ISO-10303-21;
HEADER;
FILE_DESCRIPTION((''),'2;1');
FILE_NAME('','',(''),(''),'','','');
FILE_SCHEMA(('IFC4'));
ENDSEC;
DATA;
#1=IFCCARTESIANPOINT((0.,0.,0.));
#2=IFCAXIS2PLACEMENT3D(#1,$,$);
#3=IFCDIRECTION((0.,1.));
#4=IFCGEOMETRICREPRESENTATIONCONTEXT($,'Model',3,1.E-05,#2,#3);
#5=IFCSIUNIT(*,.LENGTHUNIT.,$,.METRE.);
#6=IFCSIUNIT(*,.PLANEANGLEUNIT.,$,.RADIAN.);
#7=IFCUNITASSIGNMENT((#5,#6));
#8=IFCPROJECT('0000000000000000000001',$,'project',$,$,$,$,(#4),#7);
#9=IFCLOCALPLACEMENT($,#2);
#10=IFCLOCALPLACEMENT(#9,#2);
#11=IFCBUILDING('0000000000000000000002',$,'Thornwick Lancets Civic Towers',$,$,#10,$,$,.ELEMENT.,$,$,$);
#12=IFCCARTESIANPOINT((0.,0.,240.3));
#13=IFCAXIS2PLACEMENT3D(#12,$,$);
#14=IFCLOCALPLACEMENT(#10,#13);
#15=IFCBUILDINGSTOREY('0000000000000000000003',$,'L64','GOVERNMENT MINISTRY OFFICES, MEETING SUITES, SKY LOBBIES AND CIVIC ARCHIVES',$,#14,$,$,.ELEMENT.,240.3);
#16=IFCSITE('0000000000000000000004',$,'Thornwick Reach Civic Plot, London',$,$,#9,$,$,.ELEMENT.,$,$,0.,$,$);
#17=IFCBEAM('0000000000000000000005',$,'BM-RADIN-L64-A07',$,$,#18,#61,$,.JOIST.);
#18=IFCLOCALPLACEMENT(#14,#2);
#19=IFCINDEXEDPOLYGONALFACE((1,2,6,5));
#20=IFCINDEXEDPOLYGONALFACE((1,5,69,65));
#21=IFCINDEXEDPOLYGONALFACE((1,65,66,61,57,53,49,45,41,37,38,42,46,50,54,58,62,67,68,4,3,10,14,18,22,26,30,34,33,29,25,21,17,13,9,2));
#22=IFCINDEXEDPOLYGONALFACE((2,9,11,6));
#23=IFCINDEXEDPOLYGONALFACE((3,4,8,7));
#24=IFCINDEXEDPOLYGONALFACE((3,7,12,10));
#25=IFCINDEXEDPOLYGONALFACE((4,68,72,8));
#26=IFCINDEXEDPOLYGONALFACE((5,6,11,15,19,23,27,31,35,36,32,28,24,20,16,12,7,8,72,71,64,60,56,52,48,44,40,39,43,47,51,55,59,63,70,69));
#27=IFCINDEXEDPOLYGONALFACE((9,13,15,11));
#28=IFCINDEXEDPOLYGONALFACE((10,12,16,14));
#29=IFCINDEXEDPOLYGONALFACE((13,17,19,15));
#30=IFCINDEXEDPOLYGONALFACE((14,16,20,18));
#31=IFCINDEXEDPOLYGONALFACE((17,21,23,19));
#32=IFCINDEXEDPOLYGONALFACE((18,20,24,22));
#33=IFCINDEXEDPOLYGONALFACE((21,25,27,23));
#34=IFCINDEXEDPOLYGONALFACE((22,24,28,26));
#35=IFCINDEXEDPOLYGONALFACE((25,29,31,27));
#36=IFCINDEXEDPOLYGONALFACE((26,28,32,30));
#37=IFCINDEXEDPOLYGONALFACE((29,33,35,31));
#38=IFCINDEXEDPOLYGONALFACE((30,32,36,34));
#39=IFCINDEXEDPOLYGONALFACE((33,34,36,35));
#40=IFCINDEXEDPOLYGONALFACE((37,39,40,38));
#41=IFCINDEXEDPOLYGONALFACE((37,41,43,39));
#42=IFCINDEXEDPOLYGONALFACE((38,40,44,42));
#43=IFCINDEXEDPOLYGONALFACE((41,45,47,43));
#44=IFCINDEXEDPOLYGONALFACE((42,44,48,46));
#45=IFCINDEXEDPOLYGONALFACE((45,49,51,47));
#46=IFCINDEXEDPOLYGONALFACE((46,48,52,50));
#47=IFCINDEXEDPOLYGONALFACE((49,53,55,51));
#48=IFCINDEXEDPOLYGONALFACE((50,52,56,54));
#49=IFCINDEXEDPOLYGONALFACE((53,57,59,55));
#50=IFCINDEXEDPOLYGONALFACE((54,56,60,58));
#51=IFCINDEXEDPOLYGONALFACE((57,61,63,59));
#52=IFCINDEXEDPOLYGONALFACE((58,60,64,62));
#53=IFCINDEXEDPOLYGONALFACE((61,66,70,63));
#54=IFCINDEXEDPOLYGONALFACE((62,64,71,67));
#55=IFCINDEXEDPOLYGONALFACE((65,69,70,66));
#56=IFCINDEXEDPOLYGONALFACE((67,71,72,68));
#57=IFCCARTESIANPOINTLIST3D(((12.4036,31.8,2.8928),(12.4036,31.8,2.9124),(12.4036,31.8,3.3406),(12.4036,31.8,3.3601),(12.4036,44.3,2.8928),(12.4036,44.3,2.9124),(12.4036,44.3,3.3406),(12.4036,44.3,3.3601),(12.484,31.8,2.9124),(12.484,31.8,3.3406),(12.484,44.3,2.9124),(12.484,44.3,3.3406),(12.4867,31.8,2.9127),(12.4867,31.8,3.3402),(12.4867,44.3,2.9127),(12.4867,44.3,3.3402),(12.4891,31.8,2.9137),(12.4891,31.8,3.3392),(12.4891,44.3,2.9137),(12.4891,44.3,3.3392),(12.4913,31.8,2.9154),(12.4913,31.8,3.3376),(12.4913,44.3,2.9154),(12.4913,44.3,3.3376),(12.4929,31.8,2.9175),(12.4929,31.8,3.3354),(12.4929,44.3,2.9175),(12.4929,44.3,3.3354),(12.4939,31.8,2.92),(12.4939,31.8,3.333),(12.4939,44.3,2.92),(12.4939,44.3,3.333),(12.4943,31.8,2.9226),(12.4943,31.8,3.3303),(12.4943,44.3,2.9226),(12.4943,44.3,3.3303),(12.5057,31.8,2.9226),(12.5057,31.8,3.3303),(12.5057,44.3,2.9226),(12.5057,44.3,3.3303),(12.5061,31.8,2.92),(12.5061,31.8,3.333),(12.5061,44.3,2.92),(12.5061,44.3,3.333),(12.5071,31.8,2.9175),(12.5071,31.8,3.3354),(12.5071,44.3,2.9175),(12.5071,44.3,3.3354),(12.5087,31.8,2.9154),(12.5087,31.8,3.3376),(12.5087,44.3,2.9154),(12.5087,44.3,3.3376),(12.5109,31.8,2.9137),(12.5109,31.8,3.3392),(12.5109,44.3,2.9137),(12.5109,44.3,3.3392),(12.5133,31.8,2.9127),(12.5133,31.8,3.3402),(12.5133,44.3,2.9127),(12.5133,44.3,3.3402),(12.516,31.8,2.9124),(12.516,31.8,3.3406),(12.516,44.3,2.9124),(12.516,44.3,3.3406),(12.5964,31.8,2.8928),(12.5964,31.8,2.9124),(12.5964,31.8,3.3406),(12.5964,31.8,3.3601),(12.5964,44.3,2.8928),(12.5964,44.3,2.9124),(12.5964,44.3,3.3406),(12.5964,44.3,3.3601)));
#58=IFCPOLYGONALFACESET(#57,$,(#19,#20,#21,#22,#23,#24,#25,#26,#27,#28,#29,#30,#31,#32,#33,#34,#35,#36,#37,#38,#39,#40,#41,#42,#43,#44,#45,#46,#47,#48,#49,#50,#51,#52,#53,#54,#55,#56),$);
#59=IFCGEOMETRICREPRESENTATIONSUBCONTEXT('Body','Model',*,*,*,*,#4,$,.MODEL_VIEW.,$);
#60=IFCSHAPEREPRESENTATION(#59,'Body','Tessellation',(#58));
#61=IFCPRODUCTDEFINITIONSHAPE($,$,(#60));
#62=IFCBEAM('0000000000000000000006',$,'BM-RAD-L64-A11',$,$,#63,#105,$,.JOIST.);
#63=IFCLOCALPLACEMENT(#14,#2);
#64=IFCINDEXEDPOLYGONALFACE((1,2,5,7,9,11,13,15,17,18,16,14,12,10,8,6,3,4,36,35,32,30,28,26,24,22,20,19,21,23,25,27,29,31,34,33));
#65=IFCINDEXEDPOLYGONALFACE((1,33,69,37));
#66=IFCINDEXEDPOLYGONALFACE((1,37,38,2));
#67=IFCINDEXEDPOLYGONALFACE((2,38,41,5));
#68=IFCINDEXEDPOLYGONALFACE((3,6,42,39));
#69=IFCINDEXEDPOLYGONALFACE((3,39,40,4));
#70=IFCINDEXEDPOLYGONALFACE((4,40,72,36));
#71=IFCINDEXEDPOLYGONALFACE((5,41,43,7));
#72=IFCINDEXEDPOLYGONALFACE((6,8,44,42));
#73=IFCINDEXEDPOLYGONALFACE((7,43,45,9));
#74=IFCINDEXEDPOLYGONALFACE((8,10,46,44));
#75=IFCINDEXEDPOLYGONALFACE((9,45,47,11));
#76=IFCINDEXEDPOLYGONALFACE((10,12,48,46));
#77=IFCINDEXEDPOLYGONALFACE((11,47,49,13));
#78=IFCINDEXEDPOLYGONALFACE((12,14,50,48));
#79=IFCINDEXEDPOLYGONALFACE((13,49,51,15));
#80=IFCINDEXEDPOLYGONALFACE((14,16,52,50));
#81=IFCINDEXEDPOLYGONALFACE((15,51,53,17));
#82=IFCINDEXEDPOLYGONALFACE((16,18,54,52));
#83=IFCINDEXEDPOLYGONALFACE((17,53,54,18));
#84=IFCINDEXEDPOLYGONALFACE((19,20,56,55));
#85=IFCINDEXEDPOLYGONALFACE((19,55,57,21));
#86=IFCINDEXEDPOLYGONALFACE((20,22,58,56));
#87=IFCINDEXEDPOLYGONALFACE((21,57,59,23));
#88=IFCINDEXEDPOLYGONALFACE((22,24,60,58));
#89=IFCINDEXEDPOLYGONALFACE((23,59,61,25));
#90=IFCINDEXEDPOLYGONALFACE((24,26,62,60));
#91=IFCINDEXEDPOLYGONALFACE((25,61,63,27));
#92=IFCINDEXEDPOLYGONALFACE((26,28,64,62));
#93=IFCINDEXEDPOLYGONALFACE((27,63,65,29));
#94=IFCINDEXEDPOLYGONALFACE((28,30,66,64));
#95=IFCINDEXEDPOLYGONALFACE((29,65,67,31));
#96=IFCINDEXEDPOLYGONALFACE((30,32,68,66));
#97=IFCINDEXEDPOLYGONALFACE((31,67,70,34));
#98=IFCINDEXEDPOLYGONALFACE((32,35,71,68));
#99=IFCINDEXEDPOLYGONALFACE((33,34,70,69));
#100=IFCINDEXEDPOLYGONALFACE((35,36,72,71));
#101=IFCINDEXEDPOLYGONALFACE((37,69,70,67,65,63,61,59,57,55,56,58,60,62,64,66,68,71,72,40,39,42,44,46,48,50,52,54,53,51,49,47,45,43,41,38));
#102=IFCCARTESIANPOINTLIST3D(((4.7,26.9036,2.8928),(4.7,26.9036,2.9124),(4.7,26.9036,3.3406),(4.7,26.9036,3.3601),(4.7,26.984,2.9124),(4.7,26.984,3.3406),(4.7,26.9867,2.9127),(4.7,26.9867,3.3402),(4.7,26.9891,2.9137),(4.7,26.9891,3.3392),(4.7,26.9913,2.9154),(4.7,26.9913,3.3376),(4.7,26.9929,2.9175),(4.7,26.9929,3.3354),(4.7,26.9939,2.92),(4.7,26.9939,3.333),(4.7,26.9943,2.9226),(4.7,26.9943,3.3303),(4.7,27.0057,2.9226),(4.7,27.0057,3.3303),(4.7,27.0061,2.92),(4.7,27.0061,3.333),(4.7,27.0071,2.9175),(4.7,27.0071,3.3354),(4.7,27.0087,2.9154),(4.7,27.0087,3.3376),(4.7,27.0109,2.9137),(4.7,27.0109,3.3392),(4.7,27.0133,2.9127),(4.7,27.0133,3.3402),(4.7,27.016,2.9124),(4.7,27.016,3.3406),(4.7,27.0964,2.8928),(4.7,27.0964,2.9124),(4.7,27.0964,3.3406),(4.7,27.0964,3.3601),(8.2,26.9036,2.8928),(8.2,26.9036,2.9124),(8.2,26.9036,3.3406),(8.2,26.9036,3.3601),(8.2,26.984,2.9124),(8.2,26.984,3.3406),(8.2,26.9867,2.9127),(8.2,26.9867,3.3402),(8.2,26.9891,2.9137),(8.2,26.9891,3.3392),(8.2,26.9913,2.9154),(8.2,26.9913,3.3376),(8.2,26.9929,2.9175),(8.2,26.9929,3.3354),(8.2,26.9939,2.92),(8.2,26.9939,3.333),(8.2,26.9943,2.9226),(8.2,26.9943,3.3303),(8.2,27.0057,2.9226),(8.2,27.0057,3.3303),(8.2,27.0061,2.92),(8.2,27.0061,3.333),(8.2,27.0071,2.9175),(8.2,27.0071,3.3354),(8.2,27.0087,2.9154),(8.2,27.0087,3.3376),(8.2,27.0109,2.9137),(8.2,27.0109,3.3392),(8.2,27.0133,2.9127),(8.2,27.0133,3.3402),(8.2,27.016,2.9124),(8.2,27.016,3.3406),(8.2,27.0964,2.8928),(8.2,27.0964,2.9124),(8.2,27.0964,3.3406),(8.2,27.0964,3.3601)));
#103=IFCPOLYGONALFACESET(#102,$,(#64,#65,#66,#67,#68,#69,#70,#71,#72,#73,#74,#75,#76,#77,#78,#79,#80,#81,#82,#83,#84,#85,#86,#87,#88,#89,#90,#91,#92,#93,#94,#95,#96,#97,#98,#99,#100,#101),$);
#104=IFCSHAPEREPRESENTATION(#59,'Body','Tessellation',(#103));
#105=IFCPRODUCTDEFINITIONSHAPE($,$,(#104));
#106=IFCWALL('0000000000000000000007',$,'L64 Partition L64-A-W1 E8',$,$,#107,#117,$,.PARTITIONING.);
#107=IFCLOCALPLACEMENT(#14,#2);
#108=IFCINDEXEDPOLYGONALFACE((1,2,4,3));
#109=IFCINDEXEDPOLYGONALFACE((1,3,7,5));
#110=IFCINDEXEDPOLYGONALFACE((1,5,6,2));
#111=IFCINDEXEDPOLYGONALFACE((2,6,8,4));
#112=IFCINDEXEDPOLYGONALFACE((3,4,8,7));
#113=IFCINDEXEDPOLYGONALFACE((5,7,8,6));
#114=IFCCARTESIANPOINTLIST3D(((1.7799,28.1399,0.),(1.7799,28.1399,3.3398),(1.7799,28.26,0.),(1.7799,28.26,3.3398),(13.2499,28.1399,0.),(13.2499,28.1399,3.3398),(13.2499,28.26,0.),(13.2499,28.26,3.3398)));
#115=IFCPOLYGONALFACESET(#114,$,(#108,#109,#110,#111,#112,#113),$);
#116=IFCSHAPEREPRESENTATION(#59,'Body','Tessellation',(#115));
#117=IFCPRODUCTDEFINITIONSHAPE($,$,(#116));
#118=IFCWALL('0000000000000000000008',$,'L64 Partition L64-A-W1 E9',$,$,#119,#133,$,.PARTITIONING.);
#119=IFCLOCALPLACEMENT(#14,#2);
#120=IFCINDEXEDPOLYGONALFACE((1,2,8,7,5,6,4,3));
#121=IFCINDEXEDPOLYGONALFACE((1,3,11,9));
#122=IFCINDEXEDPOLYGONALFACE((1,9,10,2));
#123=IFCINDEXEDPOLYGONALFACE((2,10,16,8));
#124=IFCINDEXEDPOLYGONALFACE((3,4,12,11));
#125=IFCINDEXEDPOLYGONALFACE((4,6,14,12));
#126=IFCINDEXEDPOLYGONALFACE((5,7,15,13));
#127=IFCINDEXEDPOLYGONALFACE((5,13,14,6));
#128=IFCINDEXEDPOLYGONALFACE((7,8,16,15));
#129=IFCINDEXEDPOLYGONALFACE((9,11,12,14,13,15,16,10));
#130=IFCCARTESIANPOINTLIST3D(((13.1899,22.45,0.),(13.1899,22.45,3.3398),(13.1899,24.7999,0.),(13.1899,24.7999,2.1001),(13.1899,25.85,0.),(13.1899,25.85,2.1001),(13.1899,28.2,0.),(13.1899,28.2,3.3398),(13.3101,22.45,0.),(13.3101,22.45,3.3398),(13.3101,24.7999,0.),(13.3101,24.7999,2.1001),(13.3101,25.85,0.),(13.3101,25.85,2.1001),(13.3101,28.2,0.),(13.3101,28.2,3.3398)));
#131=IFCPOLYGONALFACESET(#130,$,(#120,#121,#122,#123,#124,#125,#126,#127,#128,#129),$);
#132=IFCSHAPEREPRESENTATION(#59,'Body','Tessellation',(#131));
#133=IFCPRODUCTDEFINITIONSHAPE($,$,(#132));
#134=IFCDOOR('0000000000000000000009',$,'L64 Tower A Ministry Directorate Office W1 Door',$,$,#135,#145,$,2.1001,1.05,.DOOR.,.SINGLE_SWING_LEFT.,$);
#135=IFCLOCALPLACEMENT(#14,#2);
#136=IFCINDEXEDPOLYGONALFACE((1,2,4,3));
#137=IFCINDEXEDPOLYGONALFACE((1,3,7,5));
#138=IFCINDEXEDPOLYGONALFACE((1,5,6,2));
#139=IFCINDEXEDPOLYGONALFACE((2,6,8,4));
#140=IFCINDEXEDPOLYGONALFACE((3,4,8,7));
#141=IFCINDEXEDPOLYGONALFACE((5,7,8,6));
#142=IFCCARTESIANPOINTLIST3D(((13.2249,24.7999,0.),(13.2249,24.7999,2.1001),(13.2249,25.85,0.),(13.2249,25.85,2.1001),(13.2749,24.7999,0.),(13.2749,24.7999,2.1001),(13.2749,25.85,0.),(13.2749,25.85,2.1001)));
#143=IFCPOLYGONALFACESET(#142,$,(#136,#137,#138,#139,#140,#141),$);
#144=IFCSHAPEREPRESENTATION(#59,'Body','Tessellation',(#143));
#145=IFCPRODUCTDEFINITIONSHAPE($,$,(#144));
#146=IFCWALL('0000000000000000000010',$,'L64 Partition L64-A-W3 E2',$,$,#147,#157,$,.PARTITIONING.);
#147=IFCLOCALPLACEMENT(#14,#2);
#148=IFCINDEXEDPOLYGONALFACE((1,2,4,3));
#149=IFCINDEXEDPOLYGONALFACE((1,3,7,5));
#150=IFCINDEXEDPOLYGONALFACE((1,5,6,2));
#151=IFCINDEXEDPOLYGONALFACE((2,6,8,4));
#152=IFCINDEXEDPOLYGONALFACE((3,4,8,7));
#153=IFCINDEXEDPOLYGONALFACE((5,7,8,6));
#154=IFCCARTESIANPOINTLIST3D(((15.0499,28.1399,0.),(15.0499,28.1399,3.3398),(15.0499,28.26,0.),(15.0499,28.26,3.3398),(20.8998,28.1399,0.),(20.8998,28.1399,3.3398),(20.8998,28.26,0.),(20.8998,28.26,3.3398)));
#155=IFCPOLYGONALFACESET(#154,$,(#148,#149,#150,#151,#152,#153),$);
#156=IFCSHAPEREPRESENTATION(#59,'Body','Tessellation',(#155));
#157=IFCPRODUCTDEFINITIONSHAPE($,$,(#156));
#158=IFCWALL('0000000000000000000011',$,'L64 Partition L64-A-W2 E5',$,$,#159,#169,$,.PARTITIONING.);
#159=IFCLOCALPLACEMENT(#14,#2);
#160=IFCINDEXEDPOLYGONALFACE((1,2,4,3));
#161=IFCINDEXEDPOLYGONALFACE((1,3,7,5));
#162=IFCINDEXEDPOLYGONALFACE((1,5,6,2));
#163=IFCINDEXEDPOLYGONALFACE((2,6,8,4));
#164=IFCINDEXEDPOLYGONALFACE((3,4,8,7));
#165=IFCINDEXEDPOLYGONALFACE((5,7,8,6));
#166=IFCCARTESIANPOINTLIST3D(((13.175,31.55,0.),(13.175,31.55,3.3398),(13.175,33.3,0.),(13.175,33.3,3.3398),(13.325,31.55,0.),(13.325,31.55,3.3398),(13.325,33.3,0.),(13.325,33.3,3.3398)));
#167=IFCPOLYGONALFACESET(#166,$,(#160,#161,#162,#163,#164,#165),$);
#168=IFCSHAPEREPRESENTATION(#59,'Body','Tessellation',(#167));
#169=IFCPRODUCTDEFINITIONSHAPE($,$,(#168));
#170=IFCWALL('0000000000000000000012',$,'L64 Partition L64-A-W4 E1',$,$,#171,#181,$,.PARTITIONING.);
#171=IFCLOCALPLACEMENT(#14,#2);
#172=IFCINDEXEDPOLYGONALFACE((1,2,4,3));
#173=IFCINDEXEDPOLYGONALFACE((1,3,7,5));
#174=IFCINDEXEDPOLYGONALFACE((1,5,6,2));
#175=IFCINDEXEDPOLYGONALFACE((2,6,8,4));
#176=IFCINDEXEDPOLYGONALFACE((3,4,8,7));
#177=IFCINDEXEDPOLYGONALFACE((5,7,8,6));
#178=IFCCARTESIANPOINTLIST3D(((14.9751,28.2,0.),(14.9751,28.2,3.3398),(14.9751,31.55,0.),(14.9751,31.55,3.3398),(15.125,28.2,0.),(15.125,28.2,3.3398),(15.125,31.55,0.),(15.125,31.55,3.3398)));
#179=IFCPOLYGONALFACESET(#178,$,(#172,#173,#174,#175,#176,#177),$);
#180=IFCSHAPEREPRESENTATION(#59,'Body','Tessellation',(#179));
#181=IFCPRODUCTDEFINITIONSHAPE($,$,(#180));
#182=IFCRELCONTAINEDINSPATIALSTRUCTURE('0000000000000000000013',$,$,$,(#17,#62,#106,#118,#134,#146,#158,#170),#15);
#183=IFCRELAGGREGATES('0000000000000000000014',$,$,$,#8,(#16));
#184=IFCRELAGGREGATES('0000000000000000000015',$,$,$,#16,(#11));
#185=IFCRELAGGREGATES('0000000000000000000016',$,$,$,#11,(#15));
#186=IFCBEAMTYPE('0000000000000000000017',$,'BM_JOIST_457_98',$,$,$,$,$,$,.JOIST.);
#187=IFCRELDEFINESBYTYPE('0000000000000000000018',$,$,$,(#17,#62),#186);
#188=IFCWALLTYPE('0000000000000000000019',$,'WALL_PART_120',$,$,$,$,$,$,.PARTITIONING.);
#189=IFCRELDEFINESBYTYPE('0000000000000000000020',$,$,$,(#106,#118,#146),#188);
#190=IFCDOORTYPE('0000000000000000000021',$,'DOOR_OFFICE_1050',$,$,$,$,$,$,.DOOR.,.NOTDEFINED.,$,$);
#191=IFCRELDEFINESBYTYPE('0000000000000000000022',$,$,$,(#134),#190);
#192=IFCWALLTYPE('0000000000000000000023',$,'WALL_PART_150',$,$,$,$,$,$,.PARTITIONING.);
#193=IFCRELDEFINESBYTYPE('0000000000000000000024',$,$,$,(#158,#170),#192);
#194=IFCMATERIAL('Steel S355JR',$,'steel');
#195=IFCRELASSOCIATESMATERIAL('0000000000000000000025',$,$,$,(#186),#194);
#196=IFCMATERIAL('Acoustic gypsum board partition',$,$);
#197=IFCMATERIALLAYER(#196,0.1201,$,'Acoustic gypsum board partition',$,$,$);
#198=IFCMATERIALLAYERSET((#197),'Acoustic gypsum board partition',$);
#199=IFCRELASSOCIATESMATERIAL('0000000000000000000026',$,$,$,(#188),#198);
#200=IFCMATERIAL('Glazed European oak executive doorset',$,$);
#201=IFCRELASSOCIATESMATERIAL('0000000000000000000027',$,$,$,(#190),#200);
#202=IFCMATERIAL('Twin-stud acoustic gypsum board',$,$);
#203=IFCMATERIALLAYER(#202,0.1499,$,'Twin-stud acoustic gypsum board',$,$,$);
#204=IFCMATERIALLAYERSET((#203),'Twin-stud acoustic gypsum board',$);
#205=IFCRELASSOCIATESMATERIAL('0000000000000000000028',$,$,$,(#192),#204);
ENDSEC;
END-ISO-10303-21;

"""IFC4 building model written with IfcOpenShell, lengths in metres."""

from ifc_helpers import new_model, si_unit, direction, frame, frame_2d, origin, origin_2d, place, context, subcontext, project, spatial, rectangle, i_section, extrude, material, layer, layer_set, material_profile, profile_set, type_object, element, fill, save


model = new_model("IFC4")

# Units and contexts
model_context = context("Model", 3, precision=1e-05, world=origin(), true_north=direction((0.0, 1.0)))
body_context = subcontext(model_context, "Body", "Model", "MODEL_VIEW")
ifc_project = project(units=[si_unit("LENGTHUNIT", "METRE"), si_unit("PLANEANGLEUNIT", "RADIAN")], contexts=[model_context])

# Site, building, storey
site_placement = place(None, origin())
site = spatial("IfcSite", under=ifc_project, at=site_placement, Name="Thornwick Reach Civic Plot, London", CompositionType="ELEMENT", RefElevation=0.0)
building_placement = place(site_placement, origin())
building = spatial("IfcBuilding", under=site, at=building_placement, Name="Thornwick Lancets Civic Towers", CompositionType="ELEMENT")
storey_placement = place(building_placement, frame((0.0, 0.0, 240.3)))
storey = spatial("IfcBuildingStorey", under=building, at=storey_placement, Name="L64", Description="GOVERNMENT MINISTRY OFFICES, MEETING SUITES, SKY LOBBIES AND CIVIC ARCHIVES", CompositionType="ELEMENT", Elevation=240.3)

# Shared definitions
ifc_material_1 = material(Name="Steel S355JR", Category="steel")

# Beams
ifc_material_profile_1 = material_profile(ifc_material_1, i_section(OverallWidth=0.1929, OverallDepth=0.4673, WebThickness=0.0115, FlangeThickness=0.0195, FilletRadius=0.0103, at=origin_2d()), Name="UKB 457x191x98")
ifc_profile_set_1 = profile_set([ifc_material_profile_1], Name="Steel S355JR")
beam_type_1 = type_object("IfcBeamType", Name="BM_JOIST_457_98", PredefinedType="JOIST", material=ifc_profile_set_1)
beam_1_placement = place(storey_placement, frame((12.5, 31.8, 3.1265), z_axis=(0.0, 1.0, 0.0), x_axis=(-1.0, 0.0, 0.0)))
element("IfcBeam", 1, at=beam_1_placement, inside=storey, type_object=beam_type_1, Name="BM-RADIN-L64-A07", PredefinedType="JOIST", context=body_context, shape_type="SweptSolid", body=[
    extrude(i_section(OverallWidth=0.1929, OverallDepth=0.4673, WebThickness=0.0115, FlangeThickness=0.0195, FilletRadius=0.0103, at=origin_2d()), origin(), (0.0, 0.0, 1.0), 12.5),
])
beam_2_placement = place(storey_placement, frame((8.2, 27.0, 3.1265), z_axis=(-1.0, 0.0, 0.0), x_axis=(0.0, -1.0, 0.0)))
element("IfcBeam", 2, at=beam_2_placement, inside=storey, type_object=beam_type_1, Name="BM-RAD-L64-A11", PredefinedType="JOIST", context=body_context, shape_type="SweptSolid", body=[
    extrude(i_section(OverallWidth=0.1929, OverallDepth=0.4673, WebThickness=0.0115, FlangeThickness=0.0195, FilletRadius=0.0103, at=origin_2d()), origin(), (0.0, 0.0, 1.0), 3.5),
])

# Wall
ifc_material_2 = material(Name="Acoustic gypsum board partition")
ifc_layer_1 = layer(ifc_material_2, 0.1201, Name="Acoustic gypsum board partition")
ifc_layer_set_1 = layer_set([ifc_layer_1], Name="Acoustic gypsum board partition")
wall_type_1 = type_object("IfcWallType", Name="WALL_PART_120", PredefinedType="PARTITIONING", material=ifc_layer_set_1)
wall_1_placement = place(storey_placement, frame((1.78, 28.2, 0.0), z_axis=(0.0, 0.0, 1.0), x_axis=(1.0, 0.0, 0.0)))
element("IfcWall", 3, at=wall_1_placement, inside=storey, type_object=wall_type_1, Name="L64 Partition L64-A-W1 E8", PredefinedType="PARTITIONING", context=body_context, shape_type="SweptSolid", body=[
    extrude(rectangle(XDim=11.47, YDim=0.1201, at=frame_2d((5.7349, 0.0))), origin(), (0.0, 0.0, 1.0), 3.3398),
])

# Wall, opening, door
wall_2_placement = place(storey_placement, frame((13.25, 28.2, 0.0), z_axis=(0.0, 0.0, 1.0), x_axis=(0.0, -1.0, 0.0)))
wall_2 = element("IfcWall", 4, at=wall_2_placement, inside=storey, type_object=wall_type_1, Name="L64 Partition L64-A-W1 E9", PredefinedType="PARTITIONING", context=body_context, shape_type="SweptSolid", body=[
    extrude(rectangle(XDim=5.75, YDim=0.1201, at=frame_2d((2.875, 0.0))), origin(), (0.0, 0.0, 1.0), 3.3398),
])
opening_1_placement = place(wall_2_placement, frame((2.3501, 0.0, 0.0)))
opening_1 = element("IfcOpeningElement", 5, at=opening_1_placement, cuts=wall_2, PredefinedType="OPENING", context=body_context, shape_type="SweptSolid", body=[
    extrude(rectangle(XDim=1.05, YDim=2.1001, at=frame_2d((0.5249, 1.05))), frame((0.0, 0.0701, 0.0), z_axis=(0.0, -1.0, 0.0), x_axis=(1.0, 0.0, 0.0)), (0.0, 0.0, 1.0), 0.1401),
])
ifc_material_3 = material(Name="Glazed European oak executive doorset")
door_type_1 = type_object("IfcDoorType", Name="DOOR_OFFICE_1050", OperationType="NOTDEFINED", PredefinedType="DOOR", material=ifc_material_3)
door_1_placement = place(opening_1_placement, origin())
door_1 = element("IfcDoor", 6, at=door_1_placement, inside=storey, type_object=door_type_1, Name="L64 Tower A Ministry Directorate Office W1 Door", OperationType="SINGLE_SWING_LEFT", OverallHeight=2.1001, OverallWidth=1.05, PredefinedType="DOOR", context=body_context, shape_type="SweptSolid", body=[
    extrude(rectangle(XDim=1.05, YDim=2.1001, at=frame_2d((0.5249, 1.05))), frame((0.0, 0.0249, 0.0), z_axis=(0.0, -1.0, 0.0), x_axis=(1.0, 0.0, 0.0)), (0.0, 0.0, 1.0), 0.05),
])
fill(opening_1, door_1)

# Walls
wall_3_placement = place(storey_placement, frame((15.05, 28.2, 0.0), z_axis=(0.0, 0.0, 1.0), x_axis=(1.0, 0.0, 0.0)))
element("IfcWall", 7, at=wall_3_placement, inside=storey, type_object=wall_type_1, Name="L64 Partition L64-A-W3 E2", PredefinedType="PARTITIONING", context=body_context, shape_type="SweptSolid", body=[
    extrude(rectangle(XDim=5.8499, YDim=0.1201, at=frame_2d((2.9248, 0.0))), origin(), (0.0, 0.0, 1.0), 3.3398),
])
ifc_material_4 = material(Name="Twin-stud acoustic gypsum board")
ifc_layer_2 = layer(ifc_material_4, 0.1499, Name="Twin-stud acoustic gypsum board")
ifc_layer_set_2 = layer_set([ifc_layer_2], Name="Twin-stud acoustic gypsum board")
wall_type_2 = type_object("IfcWallType", Name="WALL_PART_150", PredefinedType="PARTITIONING", material=ifc_layer_set_2)
wall_4_placement = place(storey_placement, frame((13.25, 33.3, 0.0), z_axis=(0.0, 0.0, 1.0), x_axis=(0.0, -1.0, 0.0)))
element("IfcWall", 8, at=wall_4_placement, inside=storey, type_object=wall_type_2, Name="L64 Partition L64-A-W2 E5", PredefinedType="PARTITIONING", context=body_context, shape_type="SweptSolid", body=[
    extrude(rectangle(XDim=1.75, YDim=0.1499, at=frame_2d((0.875, 0.0))), origin(), (0.0, 0.0, 1.0), 3.3398),
])

# Wall
wall_5_placement = place(storey_placement, frame((15.05, 28.2, 0.0), z_axis=(0.0, 0.0, 1.0), x_axis=(0.0, 1.0, 0.0)))
element("IfcWall", 9, at=wall_5_placement, inside=storey, type_object=wall_type_2, Name="L64 Partition L64-A-W4 E1", PredefinedType="PARTITIONING", context=body_context, shape_type="SweptSolid", body=[
    extrude(rectangle(XDim=3.3501, YDim=0.1499, at=frame_2d((1.675, 0.0))), origin(), (0.0, 0.0, 1.0), 3.3398),
])

save(model, "model.ifc")
